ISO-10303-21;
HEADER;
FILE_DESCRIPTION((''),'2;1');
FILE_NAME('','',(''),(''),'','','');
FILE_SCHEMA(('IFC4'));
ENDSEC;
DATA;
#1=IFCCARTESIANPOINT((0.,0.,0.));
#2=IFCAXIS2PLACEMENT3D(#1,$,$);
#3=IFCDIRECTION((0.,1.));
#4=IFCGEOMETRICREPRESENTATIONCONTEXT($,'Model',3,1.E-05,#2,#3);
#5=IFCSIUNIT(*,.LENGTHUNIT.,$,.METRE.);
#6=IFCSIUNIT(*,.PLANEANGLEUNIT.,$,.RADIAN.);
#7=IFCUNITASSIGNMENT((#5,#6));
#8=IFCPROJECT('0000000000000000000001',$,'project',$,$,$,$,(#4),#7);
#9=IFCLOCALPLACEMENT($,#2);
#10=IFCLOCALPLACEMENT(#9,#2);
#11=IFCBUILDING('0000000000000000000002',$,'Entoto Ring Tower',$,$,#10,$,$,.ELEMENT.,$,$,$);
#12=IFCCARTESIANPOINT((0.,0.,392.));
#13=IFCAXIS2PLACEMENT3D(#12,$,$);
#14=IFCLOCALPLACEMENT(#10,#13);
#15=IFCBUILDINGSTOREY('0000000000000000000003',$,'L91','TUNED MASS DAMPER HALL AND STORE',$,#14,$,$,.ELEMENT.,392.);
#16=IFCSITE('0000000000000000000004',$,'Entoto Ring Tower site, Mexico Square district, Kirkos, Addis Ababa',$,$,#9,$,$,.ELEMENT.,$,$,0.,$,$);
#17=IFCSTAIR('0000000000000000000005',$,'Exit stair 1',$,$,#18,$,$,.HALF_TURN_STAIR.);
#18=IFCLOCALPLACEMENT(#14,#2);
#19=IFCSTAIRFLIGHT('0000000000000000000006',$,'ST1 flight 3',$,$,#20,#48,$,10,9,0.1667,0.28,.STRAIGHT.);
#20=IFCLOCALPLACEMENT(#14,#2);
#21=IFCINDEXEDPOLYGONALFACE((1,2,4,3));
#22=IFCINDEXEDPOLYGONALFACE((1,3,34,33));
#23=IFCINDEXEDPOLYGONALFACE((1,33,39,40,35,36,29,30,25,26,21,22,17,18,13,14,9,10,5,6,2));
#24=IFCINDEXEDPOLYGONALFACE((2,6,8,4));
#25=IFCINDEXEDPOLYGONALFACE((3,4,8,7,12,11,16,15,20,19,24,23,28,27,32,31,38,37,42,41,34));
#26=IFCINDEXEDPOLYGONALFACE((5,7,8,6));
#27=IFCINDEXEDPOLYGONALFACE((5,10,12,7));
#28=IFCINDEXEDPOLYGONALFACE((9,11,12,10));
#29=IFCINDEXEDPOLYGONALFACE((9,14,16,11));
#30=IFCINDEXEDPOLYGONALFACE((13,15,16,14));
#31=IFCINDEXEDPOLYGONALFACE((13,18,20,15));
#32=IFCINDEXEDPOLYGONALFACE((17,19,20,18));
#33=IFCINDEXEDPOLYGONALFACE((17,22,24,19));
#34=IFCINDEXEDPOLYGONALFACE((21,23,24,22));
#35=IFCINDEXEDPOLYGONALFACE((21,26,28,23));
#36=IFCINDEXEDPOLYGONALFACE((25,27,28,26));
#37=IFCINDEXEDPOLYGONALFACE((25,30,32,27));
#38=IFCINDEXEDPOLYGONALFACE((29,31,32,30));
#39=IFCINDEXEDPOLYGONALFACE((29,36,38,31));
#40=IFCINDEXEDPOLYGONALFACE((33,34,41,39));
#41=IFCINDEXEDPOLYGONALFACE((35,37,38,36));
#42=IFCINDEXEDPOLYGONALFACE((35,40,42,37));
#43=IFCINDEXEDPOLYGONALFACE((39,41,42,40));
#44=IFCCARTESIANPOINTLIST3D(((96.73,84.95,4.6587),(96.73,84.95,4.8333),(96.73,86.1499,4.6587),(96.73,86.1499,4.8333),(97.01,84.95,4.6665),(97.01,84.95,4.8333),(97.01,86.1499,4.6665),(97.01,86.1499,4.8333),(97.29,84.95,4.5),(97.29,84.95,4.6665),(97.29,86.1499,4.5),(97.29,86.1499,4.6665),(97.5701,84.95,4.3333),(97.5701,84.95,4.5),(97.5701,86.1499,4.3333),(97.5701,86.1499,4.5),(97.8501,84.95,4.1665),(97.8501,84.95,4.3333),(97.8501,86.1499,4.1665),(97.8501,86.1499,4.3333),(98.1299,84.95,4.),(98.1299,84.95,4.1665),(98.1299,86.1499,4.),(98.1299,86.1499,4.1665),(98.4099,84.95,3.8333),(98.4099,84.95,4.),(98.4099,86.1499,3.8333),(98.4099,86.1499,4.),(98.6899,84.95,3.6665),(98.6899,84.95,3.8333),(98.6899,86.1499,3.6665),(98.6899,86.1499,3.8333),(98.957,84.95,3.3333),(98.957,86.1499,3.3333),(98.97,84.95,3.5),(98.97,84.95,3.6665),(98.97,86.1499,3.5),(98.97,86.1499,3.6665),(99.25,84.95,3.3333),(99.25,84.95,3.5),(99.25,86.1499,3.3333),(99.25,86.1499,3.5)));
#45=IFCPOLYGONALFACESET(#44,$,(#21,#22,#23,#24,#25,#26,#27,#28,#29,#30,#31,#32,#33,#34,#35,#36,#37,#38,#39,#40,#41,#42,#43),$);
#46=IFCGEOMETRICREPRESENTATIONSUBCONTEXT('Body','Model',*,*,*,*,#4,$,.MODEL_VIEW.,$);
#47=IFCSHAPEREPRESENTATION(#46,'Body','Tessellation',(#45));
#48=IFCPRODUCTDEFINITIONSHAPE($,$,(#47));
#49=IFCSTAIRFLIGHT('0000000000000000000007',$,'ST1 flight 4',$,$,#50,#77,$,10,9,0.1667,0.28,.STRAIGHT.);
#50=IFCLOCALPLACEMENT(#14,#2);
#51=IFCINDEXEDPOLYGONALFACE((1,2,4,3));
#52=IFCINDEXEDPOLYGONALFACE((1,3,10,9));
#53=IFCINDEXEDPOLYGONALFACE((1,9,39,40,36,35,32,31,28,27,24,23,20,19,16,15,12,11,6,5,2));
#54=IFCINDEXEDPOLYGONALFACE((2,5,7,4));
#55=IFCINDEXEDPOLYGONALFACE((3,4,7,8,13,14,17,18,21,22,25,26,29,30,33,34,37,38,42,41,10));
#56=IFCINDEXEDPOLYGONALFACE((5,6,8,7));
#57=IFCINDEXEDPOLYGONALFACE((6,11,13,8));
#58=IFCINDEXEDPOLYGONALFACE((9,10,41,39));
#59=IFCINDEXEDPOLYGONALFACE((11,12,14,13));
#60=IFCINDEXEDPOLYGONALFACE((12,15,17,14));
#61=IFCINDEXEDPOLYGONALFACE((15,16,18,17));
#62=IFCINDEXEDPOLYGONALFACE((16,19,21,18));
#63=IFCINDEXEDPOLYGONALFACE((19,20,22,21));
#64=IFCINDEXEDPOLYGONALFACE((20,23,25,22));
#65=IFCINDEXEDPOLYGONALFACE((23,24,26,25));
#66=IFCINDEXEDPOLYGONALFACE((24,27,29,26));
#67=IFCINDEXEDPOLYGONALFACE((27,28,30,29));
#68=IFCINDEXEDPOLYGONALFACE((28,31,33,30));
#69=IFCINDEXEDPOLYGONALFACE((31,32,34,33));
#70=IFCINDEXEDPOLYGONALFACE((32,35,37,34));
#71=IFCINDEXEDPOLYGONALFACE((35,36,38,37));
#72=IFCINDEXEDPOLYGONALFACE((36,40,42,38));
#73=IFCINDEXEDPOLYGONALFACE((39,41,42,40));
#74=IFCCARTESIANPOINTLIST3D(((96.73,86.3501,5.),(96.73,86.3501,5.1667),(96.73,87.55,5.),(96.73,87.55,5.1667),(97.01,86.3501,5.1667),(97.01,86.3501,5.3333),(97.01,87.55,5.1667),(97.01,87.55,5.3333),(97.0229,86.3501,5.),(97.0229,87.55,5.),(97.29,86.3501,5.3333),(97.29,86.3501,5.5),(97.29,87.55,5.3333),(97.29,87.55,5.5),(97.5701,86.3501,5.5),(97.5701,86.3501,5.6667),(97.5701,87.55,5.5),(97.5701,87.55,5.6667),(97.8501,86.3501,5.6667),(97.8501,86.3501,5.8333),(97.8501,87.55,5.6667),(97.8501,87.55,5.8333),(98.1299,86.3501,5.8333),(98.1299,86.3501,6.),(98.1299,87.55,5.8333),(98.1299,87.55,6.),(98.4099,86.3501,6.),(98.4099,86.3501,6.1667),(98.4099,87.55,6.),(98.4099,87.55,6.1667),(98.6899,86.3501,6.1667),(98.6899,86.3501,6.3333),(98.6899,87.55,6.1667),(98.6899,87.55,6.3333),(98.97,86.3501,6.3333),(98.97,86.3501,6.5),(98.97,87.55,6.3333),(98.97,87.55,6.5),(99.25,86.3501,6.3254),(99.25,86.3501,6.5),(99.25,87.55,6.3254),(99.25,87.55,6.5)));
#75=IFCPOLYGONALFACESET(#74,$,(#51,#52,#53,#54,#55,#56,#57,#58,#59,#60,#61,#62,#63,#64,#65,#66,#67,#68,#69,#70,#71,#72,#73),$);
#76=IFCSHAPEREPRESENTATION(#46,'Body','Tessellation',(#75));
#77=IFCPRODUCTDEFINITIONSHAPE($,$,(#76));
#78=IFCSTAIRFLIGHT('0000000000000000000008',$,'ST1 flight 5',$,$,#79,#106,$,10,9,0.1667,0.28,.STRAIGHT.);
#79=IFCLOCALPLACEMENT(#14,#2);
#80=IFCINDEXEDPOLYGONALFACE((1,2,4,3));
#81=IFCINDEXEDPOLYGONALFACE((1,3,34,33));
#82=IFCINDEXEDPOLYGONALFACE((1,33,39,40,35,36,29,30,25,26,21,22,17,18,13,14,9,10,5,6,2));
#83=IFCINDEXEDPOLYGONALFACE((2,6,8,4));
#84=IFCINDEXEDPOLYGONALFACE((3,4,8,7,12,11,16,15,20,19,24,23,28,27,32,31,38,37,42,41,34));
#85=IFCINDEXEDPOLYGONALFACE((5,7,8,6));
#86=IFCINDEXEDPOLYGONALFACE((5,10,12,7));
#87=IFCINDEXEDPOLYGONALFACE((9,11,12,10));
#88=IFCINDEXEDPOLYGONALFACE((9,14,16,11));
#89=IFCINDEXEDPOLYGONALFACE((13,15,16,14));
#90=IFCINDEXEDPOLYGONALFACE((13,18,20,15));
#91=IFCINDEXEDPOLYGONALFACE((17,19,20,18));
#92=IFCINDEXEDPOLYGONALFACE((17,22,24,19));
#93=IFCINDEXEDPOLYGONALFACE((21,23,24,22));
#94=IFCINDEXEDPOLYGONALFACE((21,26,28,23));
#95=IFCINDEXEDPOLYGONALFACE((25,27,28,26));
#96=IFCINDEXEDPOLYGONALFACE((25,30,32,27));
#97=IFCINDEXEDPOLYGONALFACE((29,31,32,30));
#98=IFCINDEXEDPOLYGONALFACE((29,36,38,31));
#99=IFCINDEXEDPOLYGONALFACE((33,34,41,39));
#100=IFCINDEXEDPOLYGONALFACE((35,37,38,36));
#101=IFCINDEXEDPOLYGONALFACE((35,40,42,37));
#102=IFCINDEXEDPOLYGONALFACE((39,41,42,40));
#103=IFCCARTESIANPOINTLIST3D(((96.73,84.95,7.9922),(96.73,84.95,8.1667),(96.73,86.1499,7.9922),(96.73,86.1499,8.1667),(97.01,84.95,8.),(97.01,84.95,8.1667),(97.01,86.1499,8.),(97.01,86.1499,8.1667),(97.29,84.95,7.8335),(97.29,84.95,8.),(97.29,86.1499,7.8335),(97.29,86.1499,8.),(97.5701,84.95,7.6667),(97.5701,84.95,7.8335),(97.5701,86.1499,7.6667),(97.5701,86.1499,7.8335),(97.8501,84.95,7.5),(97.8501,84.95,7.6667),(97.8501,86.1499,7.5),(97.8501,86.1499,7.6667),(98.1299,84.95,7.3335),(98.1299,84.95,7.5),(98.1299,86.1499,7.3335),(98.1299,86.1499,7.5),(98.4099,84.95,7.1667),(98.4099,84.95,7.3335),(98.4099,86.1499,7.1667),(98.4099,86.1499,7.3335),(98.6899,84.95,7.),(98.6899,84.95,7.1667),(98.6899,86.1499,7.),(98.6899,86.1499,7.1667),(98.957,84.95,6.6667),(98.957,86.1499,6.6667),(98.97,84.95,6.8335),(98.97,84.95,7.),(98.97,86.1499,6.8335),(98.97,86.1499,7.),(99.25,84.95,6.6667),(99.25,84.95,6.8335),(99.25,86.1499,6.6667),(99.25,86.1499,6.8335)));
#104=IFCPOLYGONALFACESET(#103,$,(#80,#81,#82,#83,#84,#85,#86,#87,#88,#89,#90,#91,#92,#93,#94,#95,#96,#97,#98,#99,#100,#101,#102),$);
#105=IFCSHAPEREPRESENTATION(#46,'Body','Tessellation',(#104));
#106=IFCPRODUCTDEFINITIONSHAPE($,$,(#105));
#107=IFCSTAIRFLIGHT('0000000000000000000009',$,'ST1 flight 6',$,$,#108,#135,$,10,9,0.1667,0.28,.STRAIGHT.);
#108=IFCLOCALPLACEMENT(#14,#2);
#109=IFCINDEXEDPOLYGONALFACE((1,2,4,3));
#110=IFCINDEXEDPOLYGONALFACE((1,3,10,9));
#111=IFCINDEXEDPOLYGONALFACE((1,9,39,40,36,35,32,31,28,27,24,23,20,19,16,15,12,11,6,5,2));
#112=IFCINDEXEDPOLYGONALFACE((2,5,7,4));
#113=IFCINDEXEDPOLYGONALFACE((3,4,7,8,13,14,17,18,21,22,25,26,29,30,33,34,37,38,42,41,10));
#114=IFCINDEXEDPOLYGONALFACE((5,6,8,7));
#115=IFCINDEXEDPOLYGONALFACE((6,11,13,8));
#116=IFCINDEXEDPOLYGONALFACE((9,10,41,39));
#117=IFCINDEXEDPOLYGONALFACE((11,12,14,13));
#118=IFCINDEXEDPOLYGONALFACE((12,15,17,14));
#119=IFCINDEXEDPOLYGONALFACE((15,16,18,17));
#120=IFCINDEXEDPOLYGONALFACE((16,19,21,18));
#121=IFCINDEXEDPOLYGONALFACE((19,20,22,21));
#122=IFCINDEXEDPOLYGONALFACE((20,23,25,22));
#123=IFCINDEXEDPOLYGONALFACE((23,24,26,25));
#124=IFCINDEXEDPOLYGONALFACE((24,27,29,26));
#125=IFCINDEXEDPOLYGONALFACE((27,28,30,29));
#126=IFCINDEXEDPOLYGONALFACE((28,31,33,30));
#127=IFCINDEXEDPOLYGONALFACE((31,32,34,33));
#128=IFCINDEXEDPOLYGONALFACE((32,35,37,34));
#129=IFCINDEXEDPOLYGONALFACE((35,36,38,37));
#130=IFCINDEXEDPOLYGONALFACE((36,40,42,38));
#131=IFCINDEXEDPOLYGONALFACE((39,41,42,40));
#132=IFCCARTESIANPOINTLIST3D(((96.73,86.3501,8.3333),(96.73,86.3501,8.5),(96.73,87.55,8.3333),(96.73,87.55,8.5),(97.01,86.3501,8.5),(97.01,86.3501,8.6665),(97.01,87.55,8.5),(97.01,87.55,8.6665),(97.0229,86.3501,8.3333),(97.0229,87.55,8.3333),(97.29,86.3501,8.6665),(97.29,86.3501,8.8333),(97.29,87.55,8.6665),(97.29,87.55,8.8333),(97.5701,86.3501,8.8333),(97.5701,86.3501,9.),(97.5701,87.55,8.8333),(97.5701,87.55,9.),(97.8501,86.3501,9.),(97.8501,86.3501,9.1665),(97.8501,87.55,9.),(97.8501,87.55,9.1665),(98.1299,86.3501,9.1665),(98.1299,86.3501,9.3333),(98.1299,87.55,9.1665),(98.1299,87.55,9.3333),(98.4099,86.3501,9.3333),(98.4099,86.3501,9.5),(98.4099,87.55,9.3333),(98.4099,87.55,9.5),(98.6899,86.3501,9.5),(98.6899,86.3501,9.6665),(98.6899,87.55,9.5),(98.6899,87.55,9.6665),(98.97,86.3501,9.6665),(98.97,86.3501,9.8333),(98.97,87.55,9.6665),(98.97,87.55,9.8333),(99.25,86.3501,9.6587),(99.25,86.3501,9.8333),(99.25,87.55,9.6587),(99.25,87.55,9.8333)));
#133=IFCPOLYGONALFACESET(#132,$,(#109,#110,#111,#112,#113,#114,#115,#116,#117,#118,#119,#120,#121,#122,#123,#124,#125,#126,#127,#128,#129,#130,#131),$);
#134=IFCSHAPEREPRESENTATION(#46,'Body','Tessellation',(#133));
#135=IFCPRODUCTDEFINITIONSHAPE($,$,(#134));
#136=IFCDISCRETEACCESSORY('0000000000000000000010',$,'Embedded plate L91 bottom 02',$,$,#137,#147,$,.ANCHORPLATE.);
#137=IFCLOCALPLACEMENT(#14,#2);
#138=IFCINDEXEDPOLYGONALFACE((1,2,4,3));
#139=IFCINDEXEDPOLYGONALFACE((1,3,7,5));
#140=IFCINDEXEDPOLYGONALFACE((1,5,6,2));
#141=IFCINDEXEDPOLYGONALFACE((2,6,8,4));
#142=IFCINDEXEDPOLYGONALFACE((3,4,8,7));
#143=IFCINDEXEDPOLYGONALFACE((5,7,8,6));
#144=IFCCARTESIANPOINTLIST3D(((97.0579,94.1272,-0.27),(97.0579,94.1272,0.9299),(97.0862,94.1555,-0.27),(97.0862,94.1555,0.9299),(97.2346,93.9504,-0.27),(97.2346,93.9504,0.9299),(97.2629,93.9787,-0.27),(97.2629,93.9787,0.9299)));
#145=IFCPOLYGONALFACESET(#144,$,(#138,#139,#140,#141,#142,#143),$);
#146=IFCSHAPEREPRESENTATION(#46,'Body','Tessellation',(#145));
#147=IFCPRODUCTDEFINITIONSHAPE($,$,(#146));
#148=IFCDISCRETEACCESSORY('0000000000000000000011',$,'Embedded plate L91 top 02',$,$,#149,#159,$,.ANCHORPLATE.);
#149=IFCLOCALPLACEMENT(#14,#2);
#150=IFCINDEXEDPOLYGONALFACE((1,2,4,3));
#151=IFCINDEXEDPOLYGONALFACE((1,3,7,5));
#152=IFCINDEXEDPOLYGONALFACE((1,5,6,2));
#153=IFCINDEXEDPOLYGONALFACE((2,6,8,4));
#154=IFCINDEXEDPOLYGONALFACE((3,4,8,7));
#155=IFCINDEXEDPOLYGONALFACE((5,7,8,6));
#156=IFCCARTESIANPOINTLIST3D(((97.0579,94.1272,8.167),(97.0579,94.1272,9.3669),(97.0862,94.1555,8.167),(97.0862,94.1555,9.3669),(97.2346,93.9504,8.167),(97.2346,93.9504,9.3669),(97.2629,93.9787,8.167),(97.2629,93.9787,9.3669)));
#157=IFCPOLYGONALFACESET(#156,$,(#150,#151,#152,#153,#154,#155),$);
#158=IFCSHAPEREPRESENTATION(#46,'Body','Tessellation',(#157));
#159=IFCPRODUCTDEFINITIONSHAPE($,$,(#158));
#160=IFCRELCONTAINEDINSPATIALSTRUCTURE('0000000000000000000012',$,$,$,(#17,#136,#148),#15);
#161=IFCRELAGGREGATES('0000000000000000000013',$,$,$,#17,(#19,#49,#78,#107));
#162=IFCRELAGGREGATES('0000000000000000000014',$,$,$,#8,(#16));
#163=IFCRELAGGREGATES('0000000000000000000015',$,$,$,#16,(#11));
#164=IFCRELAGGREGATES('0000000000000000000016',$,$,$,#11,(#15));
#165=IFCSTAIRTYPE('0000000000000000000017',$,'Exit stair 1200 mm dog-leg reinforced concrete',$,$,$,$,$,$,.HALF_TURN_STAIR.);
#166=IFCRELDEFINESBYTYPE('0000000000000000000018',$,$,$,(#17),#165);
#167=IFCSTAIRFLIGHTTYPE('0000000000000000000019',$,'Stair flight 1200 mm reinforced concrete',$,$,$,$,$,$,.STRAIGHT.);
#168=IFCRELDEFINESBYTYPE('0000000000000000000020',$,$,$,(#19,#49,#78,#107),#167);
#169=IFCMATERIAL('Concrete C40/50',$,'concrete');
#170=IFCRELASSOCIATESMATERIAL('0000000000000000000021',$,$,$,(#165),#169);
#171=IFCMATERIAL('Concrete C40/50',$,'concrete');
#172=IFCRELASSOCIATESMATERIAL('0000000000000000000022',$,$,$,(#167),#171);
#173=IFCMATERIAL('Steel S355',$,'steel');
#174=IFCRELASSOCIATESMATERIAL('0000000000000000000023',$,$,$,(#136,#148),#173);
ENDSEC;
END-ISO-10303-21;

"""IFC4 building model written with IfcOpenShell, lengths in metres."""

from ifc_helpers import new_model, si_unit, direction, frame, origin, origin_2d, place, context, subcontext, project, spatial, polyline, rectangle, outline, extrude, material, type_object, element, aggregate, save


model = new_model("IFC4")

# Units and contexts
model_context = context("Model", 3, precision=1e-05, world=origin(), true_north=direction((0.0, 1.0)))
body_context = subcontext(model_context, "Body", "Model", "MODEL_VIEW")
ifc_project = project(units=[si_unit("LENGTHUNIT", "METRE"), si_unit("PLANEANGLEUNIT", "RADIAN")], contexts=[model_context])

# Site, building, storey
site_placement = place(None, origin())
site = spatial("IfcSite", under=ifc_project, at=site_placement, Name="Entoto Ring Tower site, Mexico Square district, Kirkos, Addis Ababa", CompositionType="ELEMENT", RefElevation=0.0)
building_placement = place(site_placement, origin())
building = spatial("IfcBuilding", under=site, at=building_placement, Name="Entoto Ring Tower", CompositionType="ELEMENT")
storey_placement = place(building_placement, frame((0.0, 0.0, 392.0)))
storey = spatial("IfcBuildingStorey", under=building, at=storey_placement, Name="L91", Description="TUNED MASS DAMPER HALL AND STORE", CompositionType="ELEMENT", Elevation=392.0)

# Stair, stair flights
ifc_material_1 = material(Name="Concrete C40/50", Category="concrete")
stair_type = type_object("IfcStairType", Name="Exit stair 1200 mm dog-leg reinforced concrete", PredefinedType="HALF_TURN_STAIR", material=ifc_material_1)
stair_placement = place(storey_placement, origin())
stair = element("IfcStair", 1, at=stair_placement, inside=storey, type_object=stair_type, Name="Exit stair 1", PredefinedType="HALF_TURN_STAIR")
ifc_material_2 = material(Name="Concrete C40/50", Category="concrete")
stair_flight_type = type_object("IfcStairFlightType", Name="Stair flight 1200 mm reinforced concrete", PredefinedType="STRAIGHT", material=ifc_material_2)
stair_flight_1_placement = place(storey_placement, frame((99.25, 85.55, 3.3333), z_axis=(0.0, 0.0, 1.0), x_axis=(-1.0, 0.0, 0.0)))
stair_flight_1 = element("IfcStairFlight", 2, at=stair_flight_1_placement, type_object=stair_flight_type, Name="ST1 flight 3", NumberOfRisers=10, NumberOfTreads=9, PredefinedType="STRAIGHT", RiserHeight=0.1667, TreadLength=0.28, context=body_context, shape_type="SweptSolid", body=[
    extrude(outline(polyline([(0.0, 0.0), (0.0, 0.1667), (0.28, 0.1667), (0.28, 0.3333), (0.5601, 0.3333), (0.5601, 0.5), (0.8401, 0.5), (0.8401, 0.6667), (1.1201, 0.6667), (1.1201, 0.8333), (1.3999, 0.8333), (1.3999, 1.0), (1.6799, 1.0), (1.6799, 1.1667), (1.96, 1.1667), (1.96, 1.3333), (2.24, 1.3333), (2.24, 1.5), (2.52, 1.5), (2.52, 1.6667), (2.52, 1.3254), (0.293, 0.0), (0.0, 0.0)])), frame((0.0, 0.6001, 0.0), z_axis=(0.0, -1.0, 0.0), x_axis=(1.0, 0.0, 0.0)), (0.0, 0.0, 1.0), 1.2),
])
stair_flight_2_placement = place(storey_placement, frame((96.73, 86.95, 5.0), z_axis=(0.0, 0.0, 1.0), x_axis=(1.0, 0.0, 0.0)))
stair_flight_2 = element("IfcStairFlight", 3, at=stair_flight_2_placement, type_object=stair_flight_type, Name="ST1 flight 4", NumberOfRisers=10, NumberOfTreads=9, PredefinedType="STRAIGHT", RiserHeight=0.1667, TreadLength=0.28, context=body_context, shape_type="SweptSolid", body=[
    extrude(outline(polyline([(0.0, 0.0), (0.0, 0.1667), (0.28, 0.1667), (0.28, 0.3333), (0.5601, 0.3333), (0.5601, 0.5), (0.8401, 0.5), (0.8401, 0.6667), (1.1201, 0.6667), (1.1201, 0.8333), (1.3999, 0.8333), (1.3999, 1.0), (1.6799, 1.0), (1.6799, 1.1667), (1.96, 1.1667), (1.96, 1.3333), (2.24, 1.3333), (2.24, 1.5), (2.52, 1.5), (2.52, 1.6667), (2.52, 1.3254), (0.293, 0.0), (0.0, 0.0)])), frame((0.0, 0.6001, 0.0), z_axis=(0.0, -1.0, 0.0), x_axis=(1.0, 0.0, 0.0)), (0.0, 0.0, 1.0), 1.2),
])
stair_flight_3_placement = place(storey_placement, frame((99.25, 85.55, 6.6667), z_axis=(0.0, 0.0, 1.0), x_axis=(-1.0, 0.0, 0.0)))
stair_flight_3 = element("IfcStairFlight", 4, at=stair_flight_3_placement, type_object=stair_flight_type, Name="ST1 flight 5", NumberOfRisers=10, NumberOfTreads=9, PredefinedType="STRAIGHT", RiserHeight=0.1667, TreadLength=0.28, context=body_context, shape_type="SweptSolid", body=[
    extrude(outline(polyline([(0.0, 0.0), (0.0, 0.1667), (0.28, 0.1667), (0.28, 0.3333), (0.5601, 0.3333), (0.5601, 0.5), (0.8401, 0.5), (0.8401, 0.6667), (1.1201, 0.6667), (1.1201, 0.8333), (1.3999, 0.8333), (1.3999, 1.0), (1.6799, 1.0), (1.6799, 1.1667), (1.96, 1.1667), (1.96, 1.3333), (2.24, 1.3333), (2.24, 1.5), (2.52, 1.5), (2.52, 1.6667), (2.52, 1.3254), (0.293, 0.0), (0.0, 0.0)])), frame((0.0, 0.6001, 0.0), z_axis=(0.0, -1.0, 0.0), x_axis=(1.0, 0.0, 0.0)), (0.0, 0.0, 1.0), 1.2),
])
stair_flight_4_placement = place(storey_placement, frame((96.73, 86.95, 8.3333), z_axis=(0.0, 0.0, 1.0), x_axis=(1.0, 0.0, 0.0)))
stair_flight_4 = element("IfcStairFlight", 5, at=stair_flight_4_placement, type_object=stair_flight_type, Name="ST1 flight 6", NumberOfRisers=10, NumberOfTreads=9, PredefinedType="STRAIGHT", RiserHeight=0.1667, TreadLength=0.28, context=body_context, shape_type="SweptSolid", body=[
    extrude(outline(polyline([(0.0, 0.0), (0.0, 0.1667), (0.28, 0.1667), (0.28, 0.3333), (0.5601, 0.3333), (0.5601, 0.5), (0.8401, 0.5), (0.8401, 0.6667), (1.1201, 0.6667), (1.1201, 0.8333), (1.3999, 0.8333), (1.3999, 1.0), (1.6799, 1.0), (1.6799, 1.1667), (1.96, 1.1667), (1.96, 1.3333), (2.24, 1.3333), (2.24, 1.5), (2.52, 1.5), (2.52, 1.6667), (2.52, 1.3254), (0.293, 0.0), (0.0, 0.0)])), frame((0.0, 0.6001, 0.0), z_axis=(0.0, -1.0, 0.0), x_axis=(1.0, 0.0, 0.0)), (0.0, 0.0, 1.0), 1.2),
])
aggregate(stair, [stair_flight_1, stair_flight_2, stair_flight_3, stair_flight_4])

# Discrete accessories
ifc_material_3 = material(Name="Steel S355", Category="steel")
for number, where, z_axis, x_axis, name in (
    (6, (97.1604, 94.053, -0.27), (0.0, 0.0, 1.0), (0.707107, 0.707107, 0.0), "Embedded plate L91 bottom 02"),
    (7, (97.1604, 94.053, 8.167), (0.0, 0.0, 1.0), (0.707107, 0.707107, 0.0), "Embedded plate L91 top 02"),
):
    element("IfcDiscreteAccessory", number, at=place(storey_placement, frame(where, z_axis=z_axis, x_axis=x_axis)), inside=storey, material=ifc_material_3, Name=name, PredefinedType="ANCHORPLATE", context=body_context, shape_type="SweptSolid", body=[
        extrude(rectangle(XDim=0.04, YDim=0.25, at=origin_2d()), origin(), (0.0, 0.0, 1.0), 1.2),
    ])

save(model, "model.ifc")
